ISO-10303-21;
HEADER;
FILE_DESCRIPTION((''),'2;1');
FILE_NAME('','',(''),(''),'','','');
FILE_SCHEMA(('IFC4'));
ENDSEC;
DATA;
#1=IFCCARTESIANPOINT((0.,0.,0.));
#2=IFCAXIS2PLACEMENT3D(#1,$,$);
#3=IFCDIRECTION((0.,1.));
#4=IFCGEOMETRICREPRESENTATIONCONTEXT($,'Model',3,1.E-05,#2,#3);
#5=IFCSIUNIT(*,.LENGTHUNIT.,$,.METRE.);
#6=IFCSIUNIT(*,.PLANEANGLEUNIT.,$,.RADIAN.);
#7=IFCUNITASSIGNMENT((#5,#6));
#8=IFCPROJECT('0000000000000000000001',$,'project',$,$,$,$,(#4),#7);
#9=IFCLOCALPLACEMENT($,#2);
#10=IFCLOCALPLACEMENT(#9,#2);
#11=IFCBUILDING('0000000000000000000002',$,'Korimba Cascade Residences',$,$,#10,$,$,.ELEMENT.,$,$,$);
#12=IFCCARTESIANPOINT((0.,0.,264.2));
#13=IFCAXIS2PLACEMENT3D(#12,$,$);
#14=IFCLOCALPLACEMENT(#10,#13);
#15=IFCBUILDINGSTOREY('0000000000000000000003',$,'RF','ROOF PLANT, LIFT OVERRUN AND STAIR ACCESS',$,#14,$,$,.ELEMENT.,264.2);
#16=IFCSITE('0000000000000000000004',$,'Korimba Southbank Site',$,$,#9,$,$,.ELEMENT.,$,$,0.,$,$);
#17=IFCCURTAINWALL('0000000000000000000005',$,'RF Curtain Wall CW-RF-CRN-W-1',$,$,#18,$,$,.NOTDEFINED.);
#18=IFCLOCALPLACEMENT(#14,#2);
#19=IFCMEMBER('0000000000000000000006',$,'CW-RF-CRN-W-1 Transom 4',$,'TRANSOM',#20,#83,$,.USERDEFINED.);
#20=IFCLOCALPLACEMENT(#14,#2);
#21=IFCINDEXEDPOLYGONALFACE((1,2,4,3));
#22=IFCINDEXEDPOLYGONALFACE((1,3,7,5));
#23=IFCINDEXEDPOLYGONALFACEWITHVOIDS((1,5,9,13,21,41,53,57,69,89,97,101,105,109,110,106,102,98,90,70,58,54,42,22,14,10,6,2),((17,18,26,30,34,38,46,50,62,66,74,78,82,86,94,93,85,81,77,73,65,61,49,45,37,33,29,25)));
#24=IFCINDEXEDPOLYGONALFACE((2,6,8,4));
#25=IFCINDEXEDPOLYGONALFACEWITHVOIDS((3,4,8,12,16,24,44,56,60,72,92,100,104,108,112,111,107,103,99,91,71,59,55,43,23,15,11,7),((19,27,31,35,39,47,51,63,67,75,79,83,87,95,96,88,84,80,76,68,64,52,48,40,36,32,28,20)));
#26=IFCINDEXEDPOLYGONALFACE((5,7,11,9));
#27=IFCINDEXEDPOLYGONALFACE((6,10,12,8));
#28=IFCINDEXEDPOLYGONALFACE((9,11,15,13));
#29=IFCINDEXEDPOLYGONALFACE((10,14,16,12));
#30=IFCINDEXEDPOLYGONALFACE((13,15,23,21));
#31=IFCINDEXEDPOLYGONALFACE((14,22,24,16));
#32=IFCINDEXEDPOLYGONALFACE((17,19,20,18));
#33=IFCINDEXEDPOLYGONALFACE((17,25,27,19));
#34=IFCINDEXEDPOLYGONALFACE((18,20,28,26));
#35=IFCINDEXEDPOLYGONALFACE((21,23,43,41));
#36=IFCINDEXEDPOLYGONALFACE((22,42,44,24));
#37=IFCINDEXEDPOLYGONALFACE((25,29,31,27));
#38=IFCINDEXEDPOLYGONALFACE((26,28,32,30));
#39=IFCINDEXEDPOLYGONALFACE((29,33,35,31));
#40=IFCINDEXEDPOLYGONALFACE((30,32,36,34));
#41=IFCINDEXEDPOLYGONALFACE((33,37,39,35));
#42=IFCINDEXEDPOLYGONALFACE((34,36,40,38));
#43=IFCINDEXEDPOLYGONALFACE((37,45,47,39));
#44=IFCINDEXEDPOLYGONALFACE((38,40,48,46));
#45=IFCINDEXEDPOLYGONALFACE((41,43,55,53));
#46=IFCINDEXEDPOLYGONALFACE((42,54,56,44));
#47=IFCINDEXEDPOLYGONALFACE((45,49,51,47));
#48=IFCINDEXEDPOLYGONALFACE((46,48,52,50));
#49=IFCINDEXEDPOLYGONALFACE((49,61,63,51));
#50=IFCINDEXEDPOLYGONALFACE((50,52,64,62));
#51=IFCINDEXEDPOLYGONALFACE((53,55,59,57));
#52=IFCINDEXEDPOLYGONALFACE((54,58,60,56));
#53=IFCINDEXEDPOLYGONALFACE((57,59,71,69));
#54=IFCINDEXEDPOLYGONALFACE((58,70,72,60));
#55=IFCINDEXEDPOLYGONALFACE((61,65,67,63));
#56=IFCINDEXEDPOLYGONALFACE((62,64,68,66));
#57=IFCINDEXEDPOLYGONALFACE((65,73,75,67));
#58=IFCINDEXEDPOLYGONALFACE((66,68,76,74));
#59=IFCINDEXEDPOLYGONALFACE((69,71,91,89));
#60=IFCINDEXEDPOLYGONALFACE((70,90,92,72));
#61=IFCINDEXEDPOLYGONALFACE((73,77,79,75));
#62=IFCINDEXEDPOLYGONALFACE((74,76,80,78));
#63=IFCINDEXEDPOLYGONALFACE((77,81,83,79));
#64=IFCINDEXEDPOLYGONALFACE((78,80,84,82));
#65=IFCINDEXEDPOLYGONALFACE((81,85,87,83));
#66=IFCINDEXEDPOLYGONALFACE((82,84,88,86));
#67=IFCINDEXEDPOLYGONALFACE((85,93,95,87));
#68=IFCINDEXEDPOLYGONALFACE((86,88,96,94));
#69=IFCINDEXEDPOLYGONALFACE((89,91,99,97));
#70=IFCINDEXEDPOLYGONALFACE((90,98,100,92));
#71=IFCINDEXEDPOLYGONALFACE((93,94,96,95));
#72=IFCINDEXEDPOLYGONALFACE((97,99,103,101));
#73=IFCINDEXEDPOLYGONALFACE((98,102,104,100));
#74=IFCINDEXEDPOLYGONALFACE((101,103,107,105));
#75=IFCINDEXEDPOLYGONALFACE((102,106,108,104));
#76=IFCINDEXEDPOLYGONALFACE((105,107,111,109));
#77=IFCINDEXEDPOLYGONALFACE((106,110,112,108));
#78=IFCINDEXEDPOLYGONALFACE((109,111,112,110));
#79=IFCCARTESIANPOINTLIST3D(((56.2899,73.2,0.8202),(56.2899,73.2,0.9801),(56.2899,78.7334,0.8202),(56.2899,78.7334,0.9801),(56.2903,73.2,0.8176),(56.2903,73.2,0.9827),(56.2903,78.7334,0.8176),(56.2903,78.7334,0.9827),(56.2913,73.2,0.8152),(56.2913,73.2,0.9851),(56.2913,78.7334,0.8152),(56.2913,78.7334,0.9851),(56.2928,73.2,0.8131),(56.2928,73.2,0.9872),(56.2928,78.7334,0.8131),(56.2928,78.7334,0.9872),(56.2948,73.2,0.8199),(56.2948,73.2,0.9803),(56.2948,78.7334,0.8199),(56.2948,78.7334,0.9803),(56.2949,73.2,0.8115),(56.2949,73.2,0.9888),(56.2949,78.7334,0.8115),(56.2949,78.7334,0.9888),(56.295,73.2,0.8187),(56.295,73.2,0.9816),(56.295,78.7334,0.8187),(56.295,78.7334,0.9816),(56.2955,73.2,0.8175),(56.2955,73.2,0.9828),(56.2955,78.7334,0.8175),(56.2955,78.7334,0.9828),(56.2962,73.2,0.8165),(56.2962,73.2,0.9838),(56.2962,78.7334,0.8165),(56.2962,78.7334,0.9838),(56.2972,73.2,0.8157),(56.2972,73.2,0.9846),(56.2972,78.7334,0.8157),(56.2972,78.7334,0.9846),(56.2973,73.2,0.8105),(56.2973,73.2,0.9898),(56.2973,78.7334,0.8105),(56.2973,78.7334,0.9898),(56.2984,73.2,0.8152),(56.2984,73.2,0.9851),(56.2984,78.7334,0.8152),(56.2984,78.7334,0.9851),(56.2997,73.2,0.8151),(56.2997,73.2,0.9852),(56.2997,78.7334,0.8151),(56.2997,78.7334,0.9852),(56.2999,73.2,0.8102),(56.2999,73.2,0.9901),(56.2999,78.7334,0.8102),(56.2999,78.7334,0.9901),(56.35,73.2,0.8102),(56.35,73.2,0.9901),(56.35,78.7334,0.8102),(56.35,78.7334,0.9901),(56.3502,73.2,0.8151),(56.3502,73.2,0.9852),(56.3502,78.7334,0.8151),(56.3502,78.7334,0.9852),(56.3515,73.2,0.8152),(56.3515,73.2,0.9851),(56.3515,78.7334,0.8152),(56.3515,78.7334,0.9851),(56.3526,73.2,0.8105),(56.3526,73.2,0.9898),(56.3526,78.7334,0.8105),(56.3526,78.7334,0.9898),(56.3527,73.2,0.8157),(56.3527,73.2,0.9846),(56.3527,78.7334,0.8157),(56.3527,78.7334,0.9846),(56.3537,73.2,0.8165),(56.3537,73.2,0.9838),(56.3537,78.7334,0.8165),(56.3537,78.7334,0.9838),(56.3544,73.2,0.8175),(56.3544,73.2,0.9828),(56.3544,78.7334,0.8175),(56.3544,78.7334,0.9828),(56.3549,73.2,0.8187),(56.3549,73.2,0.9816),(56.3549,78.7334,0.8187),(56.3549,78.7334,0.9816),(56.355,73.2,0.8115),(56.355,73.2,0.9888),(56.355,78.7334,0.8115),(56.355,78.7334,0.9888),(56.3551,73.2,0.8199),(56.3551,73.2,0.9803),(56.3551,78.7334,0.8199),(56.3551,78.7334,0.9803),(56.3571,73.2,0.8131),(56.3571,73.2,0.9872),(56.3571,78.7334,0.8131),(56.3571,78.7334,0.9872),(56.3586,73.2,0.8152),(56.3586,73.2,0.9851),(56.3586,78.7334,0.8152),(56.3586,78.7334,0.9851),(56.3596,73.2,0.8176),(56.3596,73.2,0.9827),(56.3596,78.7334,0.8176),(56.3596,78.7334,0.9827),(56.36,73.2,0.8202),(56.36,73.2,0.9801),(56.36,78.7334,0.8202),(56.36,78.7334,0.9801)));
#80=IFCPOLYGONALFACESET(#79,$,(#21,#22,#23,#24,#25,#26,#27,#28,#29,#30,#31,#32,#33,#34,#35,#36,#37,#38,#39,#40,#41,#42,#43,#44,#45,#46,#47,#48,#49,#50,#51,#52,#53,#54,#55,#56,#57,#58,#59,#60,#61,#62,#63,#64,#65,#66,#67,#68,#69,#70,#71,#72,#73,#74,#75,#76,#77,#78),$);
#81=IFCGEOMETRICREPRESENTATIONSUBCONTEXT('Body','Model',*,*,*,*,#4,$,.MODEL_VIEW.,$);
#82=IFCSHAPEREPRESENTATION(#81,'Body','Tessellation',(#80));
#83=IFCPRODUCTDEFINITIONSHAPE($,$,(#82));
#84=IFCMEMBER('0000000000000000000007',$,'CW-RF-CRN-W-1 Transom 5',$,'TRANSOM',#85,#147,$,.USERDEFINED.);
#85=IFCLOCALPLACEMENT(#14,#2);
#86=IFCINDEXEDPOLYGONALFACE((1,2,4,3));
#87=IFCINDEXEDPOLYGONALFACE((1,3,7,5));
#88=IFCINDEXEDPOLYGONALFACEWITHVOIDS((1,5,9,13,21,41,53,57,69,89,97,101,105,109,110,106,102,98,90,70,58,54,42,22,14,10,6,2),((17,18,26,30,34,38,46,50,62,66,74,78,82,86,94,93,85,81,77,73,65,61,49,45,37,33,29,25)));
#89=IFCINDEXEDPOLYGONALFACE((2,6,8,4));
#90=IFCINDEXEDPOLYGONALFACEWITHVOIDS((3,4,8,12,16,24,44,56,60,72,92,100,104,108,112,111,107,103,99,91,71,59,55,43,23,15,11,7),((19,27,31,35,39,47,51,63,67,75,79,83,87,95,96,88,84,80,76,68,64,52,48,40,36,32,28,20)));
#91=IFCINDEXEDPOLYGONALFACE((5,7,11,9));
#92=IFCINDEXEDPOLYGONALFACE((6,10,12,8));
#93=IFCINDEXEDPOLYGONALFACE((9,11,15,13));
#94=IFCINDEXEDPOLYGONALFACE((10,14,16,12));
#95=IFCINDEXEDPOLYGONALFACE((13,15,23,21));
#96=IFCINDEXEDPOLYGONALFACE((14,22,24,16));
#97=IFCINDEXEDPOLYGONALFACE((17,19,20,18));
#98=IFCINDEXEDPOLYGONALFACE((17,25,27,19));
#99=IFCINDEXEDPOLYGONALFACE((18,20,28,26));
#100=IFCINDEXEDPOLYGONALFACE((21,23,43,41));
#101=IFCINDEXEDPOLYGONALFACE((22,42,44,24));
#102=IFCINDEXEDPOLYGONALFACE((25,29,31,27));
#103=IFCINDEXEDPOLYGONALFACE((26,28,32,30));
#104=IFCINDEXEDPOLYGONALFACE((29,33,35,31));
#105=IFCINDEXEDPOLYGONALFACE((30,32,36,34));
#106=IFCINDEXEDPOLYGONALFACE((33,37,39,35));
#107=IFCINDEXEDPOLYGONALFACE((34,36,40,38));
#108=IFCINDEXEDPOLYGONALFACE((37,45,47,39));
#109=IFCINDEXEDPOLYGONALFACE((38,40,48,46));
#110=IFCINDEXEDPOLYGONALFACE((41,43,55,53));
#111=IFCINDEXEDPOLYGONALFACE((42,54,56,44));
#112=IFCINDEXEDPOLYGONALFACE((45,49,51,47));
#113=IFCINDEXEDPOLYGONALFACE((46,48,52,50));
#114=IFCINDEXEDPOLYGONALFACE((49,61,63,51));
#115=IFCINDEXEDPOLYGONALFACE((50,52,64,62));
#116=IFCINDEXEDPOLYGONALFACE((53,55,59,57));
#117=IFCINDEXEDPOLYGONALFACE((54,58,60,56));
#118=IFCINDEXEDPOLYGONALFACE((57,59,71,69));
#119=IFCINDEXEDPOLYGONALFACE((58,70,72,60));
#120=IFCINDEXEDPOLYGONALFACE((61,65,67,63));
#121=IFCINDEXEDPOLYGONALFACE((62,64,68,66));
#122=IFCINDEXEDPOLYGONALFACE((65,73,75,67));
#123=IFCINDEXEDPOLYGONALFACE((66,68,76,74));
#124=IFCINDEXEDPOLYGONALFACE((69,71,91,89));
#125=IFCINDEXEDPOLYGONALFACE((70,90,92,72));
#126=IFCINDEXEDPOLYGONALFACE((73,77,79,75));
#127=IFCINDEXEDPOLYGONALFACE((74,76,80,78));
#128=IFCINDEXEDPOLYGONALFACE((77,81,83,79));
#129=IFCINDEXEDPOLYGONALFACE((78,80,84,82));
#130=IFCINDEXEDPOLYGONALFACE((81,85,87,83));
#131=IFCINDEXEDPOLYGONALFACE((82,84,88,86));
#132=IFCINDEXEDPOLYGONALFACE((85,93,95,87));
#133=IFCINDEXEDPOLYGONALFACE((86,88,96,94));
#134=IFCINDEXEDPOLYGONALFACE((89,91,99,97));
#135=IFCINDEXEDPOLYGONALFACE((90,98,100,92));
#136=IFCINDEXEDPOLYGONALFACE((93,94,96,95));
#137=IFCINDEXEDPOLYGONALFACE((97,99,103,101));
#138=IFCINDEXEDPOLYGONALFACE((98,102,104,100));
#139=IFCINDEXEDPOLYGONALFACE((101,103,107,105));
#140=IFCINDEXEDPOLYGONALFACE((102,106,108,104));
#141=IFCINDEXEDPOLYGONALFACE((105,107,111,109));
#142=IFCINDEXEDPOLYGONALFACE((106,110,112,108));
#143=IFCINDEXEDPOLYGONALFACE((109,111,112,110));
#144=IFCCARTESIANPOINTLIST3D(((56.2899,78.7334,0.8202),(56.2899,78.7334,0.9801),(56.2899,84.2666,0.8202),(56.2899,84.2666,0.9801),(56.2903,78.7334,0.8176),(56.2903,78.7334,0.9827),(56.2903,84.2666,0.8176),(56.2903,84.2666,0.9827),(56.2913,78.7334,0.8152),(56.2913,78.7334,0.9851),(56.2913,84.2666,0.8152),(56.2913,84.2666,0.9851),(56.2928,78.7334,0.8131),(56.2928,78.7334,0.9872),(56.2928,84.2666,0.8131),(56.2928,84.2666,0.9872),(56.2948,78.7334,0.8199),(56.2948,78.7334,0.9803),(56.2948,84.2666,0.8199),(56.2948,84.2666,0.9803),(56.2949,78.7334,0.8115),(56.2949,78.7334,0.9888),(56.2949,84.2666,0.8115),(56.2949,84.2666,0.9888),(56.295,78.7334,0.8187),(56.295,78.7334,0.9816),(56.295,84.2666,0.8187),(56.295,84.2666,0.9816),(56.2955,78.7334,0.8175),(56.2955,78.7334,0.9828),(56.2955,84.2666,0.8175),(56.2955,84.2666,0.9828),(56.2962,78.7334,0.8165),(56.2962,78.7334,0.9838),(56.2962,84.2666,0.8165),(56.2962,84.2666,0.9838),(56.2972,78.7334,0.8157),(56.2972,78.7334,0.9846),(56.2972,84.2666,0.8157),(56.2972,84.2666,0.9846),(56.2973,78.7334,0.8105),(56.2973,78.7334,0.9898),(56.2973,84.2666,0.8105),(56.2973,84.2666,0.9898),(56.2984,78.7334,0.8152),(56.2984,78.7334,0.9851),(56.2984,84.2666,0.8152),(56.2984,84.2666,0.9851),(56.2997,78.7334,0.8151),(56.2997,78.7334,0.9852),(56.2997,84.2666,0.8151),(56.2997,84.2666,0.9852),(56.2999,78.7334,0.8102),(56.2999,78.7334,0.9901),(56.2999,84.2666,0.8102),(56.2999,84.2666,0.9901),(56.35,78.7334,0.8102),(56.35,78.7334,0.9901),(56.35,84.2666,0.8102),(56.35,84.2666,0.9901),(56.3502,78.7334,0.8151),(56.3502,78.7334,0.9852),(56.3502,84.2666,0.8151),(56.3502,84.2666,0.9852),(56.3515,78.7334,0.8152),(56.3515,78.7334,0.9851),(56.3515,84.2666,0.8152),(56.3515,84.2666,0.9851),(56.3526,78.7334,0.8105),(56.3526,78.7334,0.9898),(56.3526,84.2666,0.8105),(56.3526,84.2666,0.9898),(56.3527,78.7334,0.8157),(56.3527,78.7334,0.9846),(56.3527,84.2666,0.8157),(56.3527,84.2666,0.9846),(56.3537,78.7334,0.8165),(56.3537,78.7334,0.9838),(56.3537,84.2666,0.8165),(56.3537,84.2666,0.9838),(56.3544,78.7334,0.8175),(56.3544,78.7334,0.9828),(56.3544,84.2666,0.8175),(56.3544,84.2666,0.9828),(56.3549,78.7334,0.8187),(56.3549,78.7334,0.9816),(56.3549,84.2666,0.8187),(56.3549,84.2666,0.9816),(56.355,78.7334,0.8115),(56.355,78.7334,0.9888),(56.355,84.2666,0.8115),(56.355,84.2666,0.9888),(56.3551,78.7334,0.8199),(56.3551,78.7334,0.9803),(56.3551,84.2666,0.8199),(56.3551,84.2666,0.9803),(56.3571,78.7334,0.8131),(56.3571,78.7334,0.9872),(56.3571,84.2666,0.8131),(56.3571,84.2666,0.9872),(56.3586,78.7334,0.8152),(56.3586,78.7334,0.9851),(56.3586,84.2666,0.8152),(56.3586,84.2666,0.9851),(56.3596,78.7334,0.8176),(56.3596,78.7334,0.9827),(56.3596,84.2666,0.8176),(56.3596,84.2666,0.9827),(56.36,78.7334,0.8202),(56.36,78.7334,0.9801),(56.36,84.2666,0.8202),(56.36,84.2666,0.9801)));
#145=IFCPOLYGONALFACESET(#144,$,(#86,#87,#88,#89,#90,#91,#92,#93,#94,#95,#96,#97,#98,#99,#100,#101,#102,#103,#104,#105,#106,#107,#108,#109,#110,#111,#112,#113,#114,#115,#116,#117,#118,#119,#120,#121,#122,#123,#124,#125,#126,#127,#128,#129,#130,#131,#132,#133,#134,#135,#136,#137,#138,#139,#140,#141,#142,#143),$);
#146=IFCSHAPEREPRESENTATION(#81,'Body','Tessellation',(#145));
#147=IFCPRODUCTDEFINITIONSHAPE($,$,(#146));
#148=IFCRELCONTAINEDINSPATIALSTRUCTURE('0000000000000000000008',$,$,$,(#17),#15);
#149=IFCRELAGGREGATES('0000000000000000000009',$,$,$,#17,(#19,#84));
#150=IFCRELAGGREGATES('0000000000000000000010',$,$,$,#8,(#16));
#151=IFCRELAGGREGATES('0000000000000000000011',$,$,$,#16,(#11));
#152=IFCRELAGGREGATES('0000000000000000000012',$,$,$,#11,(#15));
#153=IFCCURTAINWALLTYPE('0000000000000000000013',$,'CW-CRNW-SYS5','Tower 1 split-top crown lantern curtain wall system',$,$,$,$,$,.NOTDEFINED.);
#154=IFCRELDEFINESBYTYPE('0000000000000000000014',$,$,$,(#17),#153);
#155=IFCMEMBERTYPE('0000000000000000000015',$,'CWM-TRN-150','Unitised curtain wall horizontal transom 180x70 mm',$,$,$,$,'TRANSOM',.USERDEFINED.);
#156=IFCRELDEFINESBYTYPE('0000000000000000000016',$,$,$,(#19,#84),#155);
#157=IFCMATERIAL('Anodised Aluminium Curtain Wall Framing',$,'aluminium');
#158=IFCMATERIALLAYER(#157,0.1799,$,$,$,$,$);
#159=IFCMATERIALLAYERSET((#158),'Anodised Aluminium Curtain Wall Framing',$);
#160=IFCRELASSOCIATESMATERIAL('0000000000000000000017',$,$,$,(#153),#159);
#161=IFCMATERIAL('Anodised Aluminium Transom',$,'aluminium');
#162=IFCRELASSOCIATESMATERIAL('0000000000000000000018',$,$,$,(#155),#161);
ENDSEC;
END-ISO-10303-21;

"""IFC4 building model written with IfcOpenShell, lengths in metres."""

from ifc_helpers import new_model, si_unit, direction, frame, origin, origin_2d, place, context, subcontext, project, spatial, hollow_rectangle, extrude, material, layer, layer_set, material_profile, profile_set, type_object, element, aggregate, save


model = new_model("IFC4")

# Units and contexts
model_context = context("Model", 3, precision=1e-05, world=origin(), true_north=direction((0.0, 1.0)))
body_context = subcontext(model_context, "Body", "Model", "MODEL_VIEW")
ifc_project = project(units=[si_unit("LENGTHUNIT", "METRE"), si_unit("PLANEANGLEUNIT", "RADIAN")], contexts=[model_context])

# Site, building, storey
site_placement = place(None, origin())
site = spatial("IfcSite", under=ifc_project, at=site_placement, Name="Korimba Southbank Site", CompositionType="ELEMENT", RefElevation=0.0)
building_placement = place(site_placement, origin())
building = spatial("IfcBuilding", under=site, at=building_placement, Name="Korimba Cascade Residences", CompositionType="ELEMENT")
storey_placement = place(building_placement, frame((0.0, 0.0, 264.2)))
storey = spatial("IfcBuildingStorey", under=building, at=storey_placement, Name="RF", Description="ROOF PLANT, LIFT OVERRUN AND STAIR ACCESS", CompositionType="ELEMENT", Elevation=264.2)

# Curtain wall, members
ifc_material_1 = material(Name="Anodised Aluminium Curtain Wall Framing", Category="aluminium")
ifc_layer_1 = layer(ifc_material_1, 0.1799)
ifc_layer_set_1 = layer_set([ifc_layer_1], Name="Anodised Aluminium Curtain Wall Framing")
curtain_wall_type = type_object("IfcCurtainWallType", Name="CW-CRNW-SYS5", Description="Tower 1 split-top crown lantern curtain wall system", PredefinedType="NOTDEFINED", material=ifc_layer_set_1)
curtain_wall_placement = place(storey_placement, origin())
curtain_wall = element("IfcCurtainWall", 1, at=curtain_wall_placement, inside=storey, type_object=curtain_wall_type, Name="RF Curtain Wall CW-RF-CRN-W-1", PredefinedType="NOTDEFINED")
ifc_material_2 = material(Name="Anodised Aluminium Transom", Category="aluminium")
ifc_material_profile_1 = material_profile(ifc_material_2, hollow_rectangle(XDim=0.0701, YDim=0.1799, WallThickness=0.0049, InnerFilletRadius=0.0049, OuterFilletRadius=0.01, at=origin_2d()), Name="Anodised Aluminium Transom")
ifc_profile_set_1 = profile_set([ifc_material_profile_1], Name="Anodised Aluminium Transom")
member_type_1 = type_object("IfcMemberType", Name="CWM-TRN-150", Description="Unitised curtain wall horizontal transom 180x70 mm", ElementType="TRANSOM", PredefinedType="USERDEFINED", material=ifc_profile_set_1)
member_1_placement = place(storey_placement, frame((56.325, 73.2, 0.9001), z_axis=(0.0, 1.0, 0.0), x_axis=(-1.0, 0.0, 0.0)))
member_1 = element("IfcMember", 2, at=member_1_placement, type_object=member_type_1, Name="CW-RF-CRN-W-1 Transom 4", ObjectType="TRANSOM", PredefinedType="USERDEFINED", context=body_context, shape_type="SweptSolid", body=[
    extrude(hollow_rectangle(XDim=0.0701, YDim=0.1799, WallThickness=0.0049, InnerFilletRadius=0.0049, OuterFilletRadius=0.01, at=origin_2d()), origin(), (0.0, 0.0, 1.0), 5.5334),
])
member_2_placement = place(storey_placement, frame((56.325, 78.7334, 0.9001), z_axis=(0.0, 1.0, 0.0), x_axis=(-1.0, 0.0, 0.0)))
member_2 = element("IfcMember", 3, at=member_2_placement, type_object=member_type_1, Name="CW-RF-CRN-W-1 Transom 5", ObjectType="TRANSOM", PredefinedType="USERDEFINED", context=body_context, shape_type="SweptSolid", body=[
    extrude(hollow_rectangle(XDim=0.0701, YDim=0.1799, WallThickness=0.0049, InnerFilletRadius=0.0049, OuterFilletRadius=0.01, at=origin_2d()), origin(), (0.0, 0.0, 1.0), 5.5332),
])
aggregate(curtain_wall, [member_1, member_2])

save(model, "model.ifc")
